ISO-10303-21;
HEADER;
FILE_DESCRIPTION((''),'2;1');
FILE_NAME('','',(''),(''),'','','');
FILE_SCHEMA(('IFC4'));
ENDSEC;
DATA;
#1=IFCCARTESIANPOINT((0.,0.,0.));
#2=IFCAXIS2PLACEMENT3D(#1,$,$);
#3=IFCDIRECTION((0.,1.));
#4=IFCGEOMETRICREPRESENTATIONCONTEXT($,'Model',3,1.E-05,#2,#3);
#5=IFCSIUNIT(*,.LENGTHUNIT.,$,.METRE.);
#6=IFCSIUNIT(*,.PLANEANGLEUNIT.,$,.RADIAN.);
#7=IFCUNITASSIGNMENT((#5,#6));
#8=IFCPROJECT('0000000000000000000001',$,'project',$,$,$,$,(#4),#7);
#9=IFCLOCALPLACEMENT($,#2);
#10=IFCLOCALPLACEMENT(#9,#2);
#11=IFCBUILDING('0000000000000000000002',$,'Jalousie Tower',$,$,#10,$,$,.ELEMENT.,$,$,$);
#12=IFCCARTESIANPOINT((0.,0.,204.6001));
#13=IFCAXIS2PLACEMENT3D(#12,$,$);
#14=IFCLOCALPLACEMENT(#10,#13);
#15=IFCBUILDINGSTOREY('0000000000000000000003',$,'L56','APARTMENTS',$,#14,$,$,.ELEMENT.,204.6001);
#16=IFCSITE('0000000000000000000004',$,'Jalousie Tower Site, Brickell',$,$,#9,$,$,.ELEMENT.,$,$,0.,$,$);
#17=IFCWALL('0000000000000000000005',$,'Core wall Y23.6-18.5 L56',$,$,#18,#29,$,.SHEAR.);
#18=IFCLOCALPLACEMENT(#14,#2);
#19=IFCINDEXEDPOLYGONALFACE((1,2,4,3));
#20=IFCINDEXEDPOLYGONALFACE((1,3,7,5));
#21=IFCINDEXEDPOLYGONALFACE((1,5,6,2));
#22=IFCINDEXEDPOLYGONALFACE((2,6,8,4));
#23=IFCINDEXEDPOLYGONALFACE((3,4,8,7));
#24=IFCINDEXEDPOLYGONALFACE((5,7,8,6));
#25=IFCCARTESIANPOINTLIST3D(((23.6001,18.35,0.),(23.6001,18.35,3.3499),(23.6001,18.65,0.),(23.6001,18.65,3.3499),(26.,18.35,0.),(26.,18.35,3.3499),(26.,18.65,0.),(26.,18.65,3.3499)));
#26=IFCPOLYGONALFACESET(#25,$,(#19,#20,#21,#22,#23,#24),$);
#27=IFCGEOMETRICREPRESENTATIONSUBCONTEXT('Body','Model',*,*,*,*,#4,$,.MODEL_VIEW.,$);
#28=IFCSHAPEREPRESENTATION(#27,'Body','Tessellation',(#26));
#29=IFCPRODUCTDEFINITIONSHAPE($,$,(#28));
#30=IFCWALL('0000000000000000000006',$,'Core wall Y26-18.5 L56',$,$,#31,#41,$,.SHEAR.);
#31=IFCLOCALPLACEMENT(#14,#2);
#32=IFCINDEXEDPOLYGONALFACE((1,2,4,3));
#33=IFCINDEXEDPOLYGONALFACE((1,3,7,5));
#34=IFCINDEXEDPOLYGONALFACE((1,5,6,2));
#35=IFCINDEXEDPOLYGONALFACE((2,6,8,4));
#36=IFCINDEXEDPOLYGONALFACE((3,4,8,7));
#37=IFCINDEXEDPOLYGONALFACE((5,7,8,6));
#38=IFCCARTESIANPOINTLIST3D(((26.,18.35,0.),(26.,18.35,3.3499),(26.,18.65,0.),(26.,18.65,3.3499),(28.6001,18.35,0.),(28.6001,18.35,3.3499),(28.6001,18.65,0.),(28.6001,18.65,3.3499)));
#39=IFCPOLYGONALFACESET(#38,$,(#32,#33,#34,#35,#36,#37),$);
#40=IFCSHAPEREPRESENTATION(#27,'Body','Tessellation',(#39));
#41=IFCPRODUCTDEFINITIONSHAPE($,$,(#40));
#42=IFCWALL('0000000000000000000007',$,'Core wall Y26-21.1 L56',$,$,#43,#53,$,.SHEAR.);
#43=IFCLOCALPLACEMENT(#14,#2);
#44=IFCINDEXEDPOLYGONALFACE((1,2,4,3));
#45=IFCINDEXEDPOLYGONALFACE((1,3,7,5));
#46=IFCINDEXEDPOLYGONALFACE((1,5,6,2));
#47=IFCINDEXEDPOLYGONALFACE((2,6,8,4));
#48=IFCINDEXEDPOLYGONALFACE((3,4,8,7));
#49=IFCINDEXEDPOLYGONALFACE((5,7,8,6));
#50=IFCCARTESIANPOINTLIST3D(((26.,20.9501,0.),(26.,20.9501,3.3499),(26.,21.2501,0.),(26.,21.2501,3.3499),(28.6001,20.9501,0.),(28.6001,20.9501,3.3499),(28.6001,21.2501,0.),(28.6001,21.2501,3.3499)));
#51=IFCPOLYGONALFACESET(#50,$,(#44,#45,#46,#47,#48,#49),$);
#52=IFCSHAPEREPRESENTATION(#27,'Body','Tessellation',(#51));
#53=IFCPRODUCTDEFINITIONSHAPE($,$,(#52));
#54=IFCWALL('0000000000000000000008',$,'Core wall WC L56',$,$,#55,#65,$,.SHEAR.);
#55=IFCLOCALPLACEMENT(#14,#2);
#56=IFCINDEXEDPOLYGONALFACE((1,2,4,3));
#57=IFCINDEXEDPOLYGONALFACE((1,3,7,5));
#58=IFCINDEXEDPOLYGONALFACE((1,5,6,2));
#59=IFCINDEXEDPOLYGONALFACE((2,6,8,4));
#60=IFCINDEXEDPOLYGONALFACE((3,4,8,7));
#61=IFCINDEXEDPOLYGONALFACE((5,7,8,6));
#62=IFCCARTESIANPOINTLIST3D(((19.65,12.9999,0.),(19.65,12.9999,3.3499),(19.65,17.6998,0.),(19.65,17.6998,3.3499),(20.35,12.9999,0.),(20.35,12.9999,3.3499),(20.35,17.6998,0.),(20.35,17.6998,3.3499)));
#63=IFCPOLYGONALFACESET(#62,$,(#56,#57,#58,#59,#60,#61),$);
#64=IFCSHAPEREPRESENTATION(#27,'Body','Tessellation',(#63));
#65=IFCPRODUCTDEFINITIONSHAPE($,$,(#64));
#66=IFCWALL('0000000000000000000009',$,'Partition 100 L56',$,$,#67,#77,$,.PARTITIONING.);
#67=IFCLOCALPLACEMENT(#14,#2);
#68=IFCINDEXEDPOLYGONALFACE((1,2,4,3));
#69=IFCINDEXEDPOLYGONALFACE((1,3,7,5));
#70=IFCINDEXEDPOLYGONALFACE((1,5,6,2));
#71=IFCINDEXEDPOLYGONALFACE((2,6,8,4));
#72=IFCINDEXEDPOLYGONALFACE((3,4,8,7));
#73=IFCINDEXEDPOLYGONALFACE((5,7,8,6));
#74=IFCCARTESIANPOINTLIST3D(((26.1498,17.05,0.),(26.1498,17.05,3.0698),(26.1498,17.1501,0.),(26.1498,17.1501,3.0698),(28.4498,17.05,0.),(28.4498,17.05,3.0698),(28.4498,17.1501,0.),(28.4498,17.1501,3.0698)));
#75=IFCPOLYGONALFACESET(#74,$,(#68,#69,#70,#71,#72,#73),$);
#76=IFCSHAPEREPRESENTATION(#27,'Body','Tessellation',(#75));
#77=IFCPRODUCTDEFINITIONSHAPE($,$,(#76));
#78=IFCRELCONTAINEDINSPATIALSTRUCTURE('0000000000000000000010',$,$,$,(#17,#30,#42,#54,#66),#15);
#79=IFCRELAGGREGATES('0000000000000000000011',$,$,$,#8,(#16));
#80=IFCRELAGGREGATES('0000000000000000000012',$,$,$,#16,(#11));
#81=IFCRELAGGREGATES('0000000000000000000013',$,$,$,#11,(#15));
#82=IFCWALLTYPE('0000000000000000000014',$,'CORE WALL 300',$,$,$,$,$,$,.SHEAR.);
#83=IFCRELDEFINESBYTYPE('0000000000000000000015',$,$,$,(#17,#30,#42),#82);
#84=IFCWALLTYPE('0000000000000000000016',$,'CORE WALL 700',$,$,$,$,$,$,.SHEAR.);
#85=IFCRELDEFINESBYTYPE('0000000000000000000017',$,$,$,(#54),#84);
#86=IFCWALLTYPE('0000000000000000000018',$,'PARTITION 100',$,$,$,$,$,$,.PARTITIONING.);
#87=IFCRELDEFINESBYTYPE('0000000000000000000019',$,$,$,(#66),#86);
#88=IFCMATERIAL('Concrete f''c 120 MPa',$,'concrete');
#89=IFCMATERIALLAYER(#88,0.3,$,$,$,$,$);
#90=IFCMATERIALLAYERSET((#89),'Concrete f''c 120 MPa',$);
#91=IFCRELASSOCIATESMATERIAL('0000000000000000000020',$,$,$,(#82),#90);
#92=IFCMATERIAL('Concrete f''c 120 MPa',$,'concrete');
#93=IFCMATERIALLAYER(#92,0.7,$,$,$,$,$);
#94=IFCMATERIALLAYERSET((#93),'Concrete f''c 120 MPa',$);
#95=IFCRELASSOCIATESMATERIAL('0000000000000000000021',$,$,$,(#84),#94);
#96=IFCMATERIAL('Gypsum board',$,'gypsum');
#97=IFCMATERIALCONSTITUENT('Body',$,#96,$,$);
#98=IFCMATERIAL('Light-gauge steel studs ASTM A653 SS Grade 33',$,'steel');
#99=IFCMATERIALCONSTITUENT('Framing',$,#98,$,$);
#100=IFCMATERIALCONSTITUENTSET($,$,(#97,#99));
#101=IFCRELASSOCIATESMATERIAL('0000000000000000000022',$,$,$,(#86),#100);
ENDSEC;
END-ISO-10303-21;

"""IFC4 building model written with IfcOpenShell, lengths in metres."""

from ifc_helpers import new_model, si_unit, direction, frame, frame_2d, origin, place, context, subcontext, project, spatial, rectangle, extrude, material, layer, layer_set, constituent, constituent_set, type_object, element, save


model = new_model("IFC4")

# Units and contexts
model_context = context("Model", 3, precision=1e-05, world=origin(), true_north=direction((0.0, 1.0)))
body_context = subcontext(model_context, "Body", "Model", "MODEL_VIEW")
ifc_project = project(units=[si_unit("LENGTHUNIT", "METRE"), si_unit("PLANEANGLEUNIT", "RADIAN")], contexts=[model_context])

# Site, building, storey
site_placement = place(None, origin())
site = spatial("IfcSite", under=ifc_project, at=site_placement, Name="Jalousie Tower Site, Brickell", CompositionType="ELEMENT", RefElevation=0.0)
building_placement = place(site_placement, origin())
building = spatial("IfcBuilding", under=site, at=building_placement, Name="Jalousie Tower", CompositionType="ELEMENT")
storey_placement = place(building_placement, frame((0.0, 0.0, 204.6001)))
storey = spatial("IfcBuildingStorey", under=building, at=storey_placement, Name="L56", Description="APARTMENTS", CompositionType="ELEMENT", Elevation=204.6001)

# Shared definitions
ifc_material_1 = material(Name="Concrete f'c 120 MPa", Category="concrete")
ifc_layer_1 = layer(ifc_material_1, 0.3)
ifc_layer_set_1 = layer_set([ifc_layer_1], Name="Concrete f'c 120 MPa")
wall_type_1 = type_object("IfcWallType", Name="CORE WALL 300", PredefinedType="SHEAR", material=ifc_layer_set_1)

# Walls
wall_1_placement = place(storey_placement, frame((23.6001, 18.5, 0.0), z_axis=(0.0, 0.0, 1.0), x_axis=(1.0, 0.0, 0.0)))
element("IfcWall", 1, at=wall_1_placement, inside=storey, type_object=wall_type_1, Name="Core wall Y23.6-18.5 L56", PredefinedType="SHEAR", context=body_context, shape_type="SweptSolid", body=[
    extrude(rectangle(XDim=2.3999, YDim=0.3, at=frame_2d((1.2, 0.0))), origin(), (0.0, 0.0, 1.0), 3.3499),
])
for number, where, z_axis, x_axis, name in (
    (2, (26.0, 18.5, 0.0), (0.0, 0.0, 1.0), (1.0, 0.0, 0.0), "Core wall Y26-18.5 L56"),
    (3, (26.0, 21.1001, 0.0), (0.0, 0.0, 1.0), (1.0, 0.0, 0.0), "Core wall Y26-21.1 L56"),
):
    element("IfcWall", number, at=place(storey_placement, frame(where, z_axis=z_axis, x_axis=x_axis)), inside=storey, type_object=wall_type_1, Name=name, PredefinedType="SHEAR", context=body_context, shape_type="SweptSolid", body=[
        extrude(rectangle(XDim=2.6001, YDim=0.3, at=frame_2d((1.3, 0.0))), origin(), (0.0, 0.0, 1.0), 3.3499),
    ])
ifc_material_2 = material(Name="Concrete f'c 120 MPa", Category="concrete")
ifc_layer_2 = layer(ifc_material_2, 0.7)
ifc_layer_set_2 = layer_set([ifc_layer_2], Name="Concrete f'c 120 MPa")
wall_type_2 = type_object("IfcWallType", Name="CORE WALL 700", PredefinedType="SHEAR", material=ifc_layer_set_2)
wall_2_placement = place(storey_placement, frame((20.0, 17.7, 0.0), z_axis=(0.0, 0.0, 1.0), x_axis=(0.0, -1.0, 0.0)))
element("IfcWall", 4, at=wall_2_placement, inside=storey, type_object=wall_type_2, Name="Core wall WC L56", PredefinedType="SHEAR", context=body_context, shape_type="SweptSolid", body=[
    extrude(rectangle(XDim=4.7, YDim=0.7, at=frame_2d((2.3501, 0.0))), origin(), (0.0, 0.0, 1.0), 3.3499),
])
ifc_material_3 = material(Name="Gypsum board", Category="gypsum")
ifc_constituent_1 = constituent(ifc_material_3, Name="Body")
ifc_material_4 = material(Name="Light-gauge steel studs ASTM A653 SS Grade 33", Category="steel")
ifc_constituent_2 = constituent(ifc_material_4, Name="Framing")
ifc_constituent_set_1 = constituent_set(constituents=[ifc_constituent_1, ifc_constituent_2])
wall_type_3 = type_object("IfcWallType", Name="PARTITION 100", PredefinedType="PARTITIONING", material=ifc_constituent_set_1)
wall_3_placement = place(storey_placement, frame((26.1499, 17.1001, 0.0), z_axis=(0.0, 0.0, 1.0), x_axis=(1.0, 0.0, 0.0)))
element("IfcWall", 5, at=wall_3_placement, inside=storey, type_object=wall_type_3, Name="Partition 100 L56", PredefinedType="PARTITIONING", context=body_context, shape_type="SweptSolid", body=[
    extrude(rectangle(XDim=2.3, YDim=0.1001, at=frame_2d((1.1499, 0.0))), origin(), (0.0, 0.0, 1.0), 3.0698),
])

save(model, "model.ifc")
